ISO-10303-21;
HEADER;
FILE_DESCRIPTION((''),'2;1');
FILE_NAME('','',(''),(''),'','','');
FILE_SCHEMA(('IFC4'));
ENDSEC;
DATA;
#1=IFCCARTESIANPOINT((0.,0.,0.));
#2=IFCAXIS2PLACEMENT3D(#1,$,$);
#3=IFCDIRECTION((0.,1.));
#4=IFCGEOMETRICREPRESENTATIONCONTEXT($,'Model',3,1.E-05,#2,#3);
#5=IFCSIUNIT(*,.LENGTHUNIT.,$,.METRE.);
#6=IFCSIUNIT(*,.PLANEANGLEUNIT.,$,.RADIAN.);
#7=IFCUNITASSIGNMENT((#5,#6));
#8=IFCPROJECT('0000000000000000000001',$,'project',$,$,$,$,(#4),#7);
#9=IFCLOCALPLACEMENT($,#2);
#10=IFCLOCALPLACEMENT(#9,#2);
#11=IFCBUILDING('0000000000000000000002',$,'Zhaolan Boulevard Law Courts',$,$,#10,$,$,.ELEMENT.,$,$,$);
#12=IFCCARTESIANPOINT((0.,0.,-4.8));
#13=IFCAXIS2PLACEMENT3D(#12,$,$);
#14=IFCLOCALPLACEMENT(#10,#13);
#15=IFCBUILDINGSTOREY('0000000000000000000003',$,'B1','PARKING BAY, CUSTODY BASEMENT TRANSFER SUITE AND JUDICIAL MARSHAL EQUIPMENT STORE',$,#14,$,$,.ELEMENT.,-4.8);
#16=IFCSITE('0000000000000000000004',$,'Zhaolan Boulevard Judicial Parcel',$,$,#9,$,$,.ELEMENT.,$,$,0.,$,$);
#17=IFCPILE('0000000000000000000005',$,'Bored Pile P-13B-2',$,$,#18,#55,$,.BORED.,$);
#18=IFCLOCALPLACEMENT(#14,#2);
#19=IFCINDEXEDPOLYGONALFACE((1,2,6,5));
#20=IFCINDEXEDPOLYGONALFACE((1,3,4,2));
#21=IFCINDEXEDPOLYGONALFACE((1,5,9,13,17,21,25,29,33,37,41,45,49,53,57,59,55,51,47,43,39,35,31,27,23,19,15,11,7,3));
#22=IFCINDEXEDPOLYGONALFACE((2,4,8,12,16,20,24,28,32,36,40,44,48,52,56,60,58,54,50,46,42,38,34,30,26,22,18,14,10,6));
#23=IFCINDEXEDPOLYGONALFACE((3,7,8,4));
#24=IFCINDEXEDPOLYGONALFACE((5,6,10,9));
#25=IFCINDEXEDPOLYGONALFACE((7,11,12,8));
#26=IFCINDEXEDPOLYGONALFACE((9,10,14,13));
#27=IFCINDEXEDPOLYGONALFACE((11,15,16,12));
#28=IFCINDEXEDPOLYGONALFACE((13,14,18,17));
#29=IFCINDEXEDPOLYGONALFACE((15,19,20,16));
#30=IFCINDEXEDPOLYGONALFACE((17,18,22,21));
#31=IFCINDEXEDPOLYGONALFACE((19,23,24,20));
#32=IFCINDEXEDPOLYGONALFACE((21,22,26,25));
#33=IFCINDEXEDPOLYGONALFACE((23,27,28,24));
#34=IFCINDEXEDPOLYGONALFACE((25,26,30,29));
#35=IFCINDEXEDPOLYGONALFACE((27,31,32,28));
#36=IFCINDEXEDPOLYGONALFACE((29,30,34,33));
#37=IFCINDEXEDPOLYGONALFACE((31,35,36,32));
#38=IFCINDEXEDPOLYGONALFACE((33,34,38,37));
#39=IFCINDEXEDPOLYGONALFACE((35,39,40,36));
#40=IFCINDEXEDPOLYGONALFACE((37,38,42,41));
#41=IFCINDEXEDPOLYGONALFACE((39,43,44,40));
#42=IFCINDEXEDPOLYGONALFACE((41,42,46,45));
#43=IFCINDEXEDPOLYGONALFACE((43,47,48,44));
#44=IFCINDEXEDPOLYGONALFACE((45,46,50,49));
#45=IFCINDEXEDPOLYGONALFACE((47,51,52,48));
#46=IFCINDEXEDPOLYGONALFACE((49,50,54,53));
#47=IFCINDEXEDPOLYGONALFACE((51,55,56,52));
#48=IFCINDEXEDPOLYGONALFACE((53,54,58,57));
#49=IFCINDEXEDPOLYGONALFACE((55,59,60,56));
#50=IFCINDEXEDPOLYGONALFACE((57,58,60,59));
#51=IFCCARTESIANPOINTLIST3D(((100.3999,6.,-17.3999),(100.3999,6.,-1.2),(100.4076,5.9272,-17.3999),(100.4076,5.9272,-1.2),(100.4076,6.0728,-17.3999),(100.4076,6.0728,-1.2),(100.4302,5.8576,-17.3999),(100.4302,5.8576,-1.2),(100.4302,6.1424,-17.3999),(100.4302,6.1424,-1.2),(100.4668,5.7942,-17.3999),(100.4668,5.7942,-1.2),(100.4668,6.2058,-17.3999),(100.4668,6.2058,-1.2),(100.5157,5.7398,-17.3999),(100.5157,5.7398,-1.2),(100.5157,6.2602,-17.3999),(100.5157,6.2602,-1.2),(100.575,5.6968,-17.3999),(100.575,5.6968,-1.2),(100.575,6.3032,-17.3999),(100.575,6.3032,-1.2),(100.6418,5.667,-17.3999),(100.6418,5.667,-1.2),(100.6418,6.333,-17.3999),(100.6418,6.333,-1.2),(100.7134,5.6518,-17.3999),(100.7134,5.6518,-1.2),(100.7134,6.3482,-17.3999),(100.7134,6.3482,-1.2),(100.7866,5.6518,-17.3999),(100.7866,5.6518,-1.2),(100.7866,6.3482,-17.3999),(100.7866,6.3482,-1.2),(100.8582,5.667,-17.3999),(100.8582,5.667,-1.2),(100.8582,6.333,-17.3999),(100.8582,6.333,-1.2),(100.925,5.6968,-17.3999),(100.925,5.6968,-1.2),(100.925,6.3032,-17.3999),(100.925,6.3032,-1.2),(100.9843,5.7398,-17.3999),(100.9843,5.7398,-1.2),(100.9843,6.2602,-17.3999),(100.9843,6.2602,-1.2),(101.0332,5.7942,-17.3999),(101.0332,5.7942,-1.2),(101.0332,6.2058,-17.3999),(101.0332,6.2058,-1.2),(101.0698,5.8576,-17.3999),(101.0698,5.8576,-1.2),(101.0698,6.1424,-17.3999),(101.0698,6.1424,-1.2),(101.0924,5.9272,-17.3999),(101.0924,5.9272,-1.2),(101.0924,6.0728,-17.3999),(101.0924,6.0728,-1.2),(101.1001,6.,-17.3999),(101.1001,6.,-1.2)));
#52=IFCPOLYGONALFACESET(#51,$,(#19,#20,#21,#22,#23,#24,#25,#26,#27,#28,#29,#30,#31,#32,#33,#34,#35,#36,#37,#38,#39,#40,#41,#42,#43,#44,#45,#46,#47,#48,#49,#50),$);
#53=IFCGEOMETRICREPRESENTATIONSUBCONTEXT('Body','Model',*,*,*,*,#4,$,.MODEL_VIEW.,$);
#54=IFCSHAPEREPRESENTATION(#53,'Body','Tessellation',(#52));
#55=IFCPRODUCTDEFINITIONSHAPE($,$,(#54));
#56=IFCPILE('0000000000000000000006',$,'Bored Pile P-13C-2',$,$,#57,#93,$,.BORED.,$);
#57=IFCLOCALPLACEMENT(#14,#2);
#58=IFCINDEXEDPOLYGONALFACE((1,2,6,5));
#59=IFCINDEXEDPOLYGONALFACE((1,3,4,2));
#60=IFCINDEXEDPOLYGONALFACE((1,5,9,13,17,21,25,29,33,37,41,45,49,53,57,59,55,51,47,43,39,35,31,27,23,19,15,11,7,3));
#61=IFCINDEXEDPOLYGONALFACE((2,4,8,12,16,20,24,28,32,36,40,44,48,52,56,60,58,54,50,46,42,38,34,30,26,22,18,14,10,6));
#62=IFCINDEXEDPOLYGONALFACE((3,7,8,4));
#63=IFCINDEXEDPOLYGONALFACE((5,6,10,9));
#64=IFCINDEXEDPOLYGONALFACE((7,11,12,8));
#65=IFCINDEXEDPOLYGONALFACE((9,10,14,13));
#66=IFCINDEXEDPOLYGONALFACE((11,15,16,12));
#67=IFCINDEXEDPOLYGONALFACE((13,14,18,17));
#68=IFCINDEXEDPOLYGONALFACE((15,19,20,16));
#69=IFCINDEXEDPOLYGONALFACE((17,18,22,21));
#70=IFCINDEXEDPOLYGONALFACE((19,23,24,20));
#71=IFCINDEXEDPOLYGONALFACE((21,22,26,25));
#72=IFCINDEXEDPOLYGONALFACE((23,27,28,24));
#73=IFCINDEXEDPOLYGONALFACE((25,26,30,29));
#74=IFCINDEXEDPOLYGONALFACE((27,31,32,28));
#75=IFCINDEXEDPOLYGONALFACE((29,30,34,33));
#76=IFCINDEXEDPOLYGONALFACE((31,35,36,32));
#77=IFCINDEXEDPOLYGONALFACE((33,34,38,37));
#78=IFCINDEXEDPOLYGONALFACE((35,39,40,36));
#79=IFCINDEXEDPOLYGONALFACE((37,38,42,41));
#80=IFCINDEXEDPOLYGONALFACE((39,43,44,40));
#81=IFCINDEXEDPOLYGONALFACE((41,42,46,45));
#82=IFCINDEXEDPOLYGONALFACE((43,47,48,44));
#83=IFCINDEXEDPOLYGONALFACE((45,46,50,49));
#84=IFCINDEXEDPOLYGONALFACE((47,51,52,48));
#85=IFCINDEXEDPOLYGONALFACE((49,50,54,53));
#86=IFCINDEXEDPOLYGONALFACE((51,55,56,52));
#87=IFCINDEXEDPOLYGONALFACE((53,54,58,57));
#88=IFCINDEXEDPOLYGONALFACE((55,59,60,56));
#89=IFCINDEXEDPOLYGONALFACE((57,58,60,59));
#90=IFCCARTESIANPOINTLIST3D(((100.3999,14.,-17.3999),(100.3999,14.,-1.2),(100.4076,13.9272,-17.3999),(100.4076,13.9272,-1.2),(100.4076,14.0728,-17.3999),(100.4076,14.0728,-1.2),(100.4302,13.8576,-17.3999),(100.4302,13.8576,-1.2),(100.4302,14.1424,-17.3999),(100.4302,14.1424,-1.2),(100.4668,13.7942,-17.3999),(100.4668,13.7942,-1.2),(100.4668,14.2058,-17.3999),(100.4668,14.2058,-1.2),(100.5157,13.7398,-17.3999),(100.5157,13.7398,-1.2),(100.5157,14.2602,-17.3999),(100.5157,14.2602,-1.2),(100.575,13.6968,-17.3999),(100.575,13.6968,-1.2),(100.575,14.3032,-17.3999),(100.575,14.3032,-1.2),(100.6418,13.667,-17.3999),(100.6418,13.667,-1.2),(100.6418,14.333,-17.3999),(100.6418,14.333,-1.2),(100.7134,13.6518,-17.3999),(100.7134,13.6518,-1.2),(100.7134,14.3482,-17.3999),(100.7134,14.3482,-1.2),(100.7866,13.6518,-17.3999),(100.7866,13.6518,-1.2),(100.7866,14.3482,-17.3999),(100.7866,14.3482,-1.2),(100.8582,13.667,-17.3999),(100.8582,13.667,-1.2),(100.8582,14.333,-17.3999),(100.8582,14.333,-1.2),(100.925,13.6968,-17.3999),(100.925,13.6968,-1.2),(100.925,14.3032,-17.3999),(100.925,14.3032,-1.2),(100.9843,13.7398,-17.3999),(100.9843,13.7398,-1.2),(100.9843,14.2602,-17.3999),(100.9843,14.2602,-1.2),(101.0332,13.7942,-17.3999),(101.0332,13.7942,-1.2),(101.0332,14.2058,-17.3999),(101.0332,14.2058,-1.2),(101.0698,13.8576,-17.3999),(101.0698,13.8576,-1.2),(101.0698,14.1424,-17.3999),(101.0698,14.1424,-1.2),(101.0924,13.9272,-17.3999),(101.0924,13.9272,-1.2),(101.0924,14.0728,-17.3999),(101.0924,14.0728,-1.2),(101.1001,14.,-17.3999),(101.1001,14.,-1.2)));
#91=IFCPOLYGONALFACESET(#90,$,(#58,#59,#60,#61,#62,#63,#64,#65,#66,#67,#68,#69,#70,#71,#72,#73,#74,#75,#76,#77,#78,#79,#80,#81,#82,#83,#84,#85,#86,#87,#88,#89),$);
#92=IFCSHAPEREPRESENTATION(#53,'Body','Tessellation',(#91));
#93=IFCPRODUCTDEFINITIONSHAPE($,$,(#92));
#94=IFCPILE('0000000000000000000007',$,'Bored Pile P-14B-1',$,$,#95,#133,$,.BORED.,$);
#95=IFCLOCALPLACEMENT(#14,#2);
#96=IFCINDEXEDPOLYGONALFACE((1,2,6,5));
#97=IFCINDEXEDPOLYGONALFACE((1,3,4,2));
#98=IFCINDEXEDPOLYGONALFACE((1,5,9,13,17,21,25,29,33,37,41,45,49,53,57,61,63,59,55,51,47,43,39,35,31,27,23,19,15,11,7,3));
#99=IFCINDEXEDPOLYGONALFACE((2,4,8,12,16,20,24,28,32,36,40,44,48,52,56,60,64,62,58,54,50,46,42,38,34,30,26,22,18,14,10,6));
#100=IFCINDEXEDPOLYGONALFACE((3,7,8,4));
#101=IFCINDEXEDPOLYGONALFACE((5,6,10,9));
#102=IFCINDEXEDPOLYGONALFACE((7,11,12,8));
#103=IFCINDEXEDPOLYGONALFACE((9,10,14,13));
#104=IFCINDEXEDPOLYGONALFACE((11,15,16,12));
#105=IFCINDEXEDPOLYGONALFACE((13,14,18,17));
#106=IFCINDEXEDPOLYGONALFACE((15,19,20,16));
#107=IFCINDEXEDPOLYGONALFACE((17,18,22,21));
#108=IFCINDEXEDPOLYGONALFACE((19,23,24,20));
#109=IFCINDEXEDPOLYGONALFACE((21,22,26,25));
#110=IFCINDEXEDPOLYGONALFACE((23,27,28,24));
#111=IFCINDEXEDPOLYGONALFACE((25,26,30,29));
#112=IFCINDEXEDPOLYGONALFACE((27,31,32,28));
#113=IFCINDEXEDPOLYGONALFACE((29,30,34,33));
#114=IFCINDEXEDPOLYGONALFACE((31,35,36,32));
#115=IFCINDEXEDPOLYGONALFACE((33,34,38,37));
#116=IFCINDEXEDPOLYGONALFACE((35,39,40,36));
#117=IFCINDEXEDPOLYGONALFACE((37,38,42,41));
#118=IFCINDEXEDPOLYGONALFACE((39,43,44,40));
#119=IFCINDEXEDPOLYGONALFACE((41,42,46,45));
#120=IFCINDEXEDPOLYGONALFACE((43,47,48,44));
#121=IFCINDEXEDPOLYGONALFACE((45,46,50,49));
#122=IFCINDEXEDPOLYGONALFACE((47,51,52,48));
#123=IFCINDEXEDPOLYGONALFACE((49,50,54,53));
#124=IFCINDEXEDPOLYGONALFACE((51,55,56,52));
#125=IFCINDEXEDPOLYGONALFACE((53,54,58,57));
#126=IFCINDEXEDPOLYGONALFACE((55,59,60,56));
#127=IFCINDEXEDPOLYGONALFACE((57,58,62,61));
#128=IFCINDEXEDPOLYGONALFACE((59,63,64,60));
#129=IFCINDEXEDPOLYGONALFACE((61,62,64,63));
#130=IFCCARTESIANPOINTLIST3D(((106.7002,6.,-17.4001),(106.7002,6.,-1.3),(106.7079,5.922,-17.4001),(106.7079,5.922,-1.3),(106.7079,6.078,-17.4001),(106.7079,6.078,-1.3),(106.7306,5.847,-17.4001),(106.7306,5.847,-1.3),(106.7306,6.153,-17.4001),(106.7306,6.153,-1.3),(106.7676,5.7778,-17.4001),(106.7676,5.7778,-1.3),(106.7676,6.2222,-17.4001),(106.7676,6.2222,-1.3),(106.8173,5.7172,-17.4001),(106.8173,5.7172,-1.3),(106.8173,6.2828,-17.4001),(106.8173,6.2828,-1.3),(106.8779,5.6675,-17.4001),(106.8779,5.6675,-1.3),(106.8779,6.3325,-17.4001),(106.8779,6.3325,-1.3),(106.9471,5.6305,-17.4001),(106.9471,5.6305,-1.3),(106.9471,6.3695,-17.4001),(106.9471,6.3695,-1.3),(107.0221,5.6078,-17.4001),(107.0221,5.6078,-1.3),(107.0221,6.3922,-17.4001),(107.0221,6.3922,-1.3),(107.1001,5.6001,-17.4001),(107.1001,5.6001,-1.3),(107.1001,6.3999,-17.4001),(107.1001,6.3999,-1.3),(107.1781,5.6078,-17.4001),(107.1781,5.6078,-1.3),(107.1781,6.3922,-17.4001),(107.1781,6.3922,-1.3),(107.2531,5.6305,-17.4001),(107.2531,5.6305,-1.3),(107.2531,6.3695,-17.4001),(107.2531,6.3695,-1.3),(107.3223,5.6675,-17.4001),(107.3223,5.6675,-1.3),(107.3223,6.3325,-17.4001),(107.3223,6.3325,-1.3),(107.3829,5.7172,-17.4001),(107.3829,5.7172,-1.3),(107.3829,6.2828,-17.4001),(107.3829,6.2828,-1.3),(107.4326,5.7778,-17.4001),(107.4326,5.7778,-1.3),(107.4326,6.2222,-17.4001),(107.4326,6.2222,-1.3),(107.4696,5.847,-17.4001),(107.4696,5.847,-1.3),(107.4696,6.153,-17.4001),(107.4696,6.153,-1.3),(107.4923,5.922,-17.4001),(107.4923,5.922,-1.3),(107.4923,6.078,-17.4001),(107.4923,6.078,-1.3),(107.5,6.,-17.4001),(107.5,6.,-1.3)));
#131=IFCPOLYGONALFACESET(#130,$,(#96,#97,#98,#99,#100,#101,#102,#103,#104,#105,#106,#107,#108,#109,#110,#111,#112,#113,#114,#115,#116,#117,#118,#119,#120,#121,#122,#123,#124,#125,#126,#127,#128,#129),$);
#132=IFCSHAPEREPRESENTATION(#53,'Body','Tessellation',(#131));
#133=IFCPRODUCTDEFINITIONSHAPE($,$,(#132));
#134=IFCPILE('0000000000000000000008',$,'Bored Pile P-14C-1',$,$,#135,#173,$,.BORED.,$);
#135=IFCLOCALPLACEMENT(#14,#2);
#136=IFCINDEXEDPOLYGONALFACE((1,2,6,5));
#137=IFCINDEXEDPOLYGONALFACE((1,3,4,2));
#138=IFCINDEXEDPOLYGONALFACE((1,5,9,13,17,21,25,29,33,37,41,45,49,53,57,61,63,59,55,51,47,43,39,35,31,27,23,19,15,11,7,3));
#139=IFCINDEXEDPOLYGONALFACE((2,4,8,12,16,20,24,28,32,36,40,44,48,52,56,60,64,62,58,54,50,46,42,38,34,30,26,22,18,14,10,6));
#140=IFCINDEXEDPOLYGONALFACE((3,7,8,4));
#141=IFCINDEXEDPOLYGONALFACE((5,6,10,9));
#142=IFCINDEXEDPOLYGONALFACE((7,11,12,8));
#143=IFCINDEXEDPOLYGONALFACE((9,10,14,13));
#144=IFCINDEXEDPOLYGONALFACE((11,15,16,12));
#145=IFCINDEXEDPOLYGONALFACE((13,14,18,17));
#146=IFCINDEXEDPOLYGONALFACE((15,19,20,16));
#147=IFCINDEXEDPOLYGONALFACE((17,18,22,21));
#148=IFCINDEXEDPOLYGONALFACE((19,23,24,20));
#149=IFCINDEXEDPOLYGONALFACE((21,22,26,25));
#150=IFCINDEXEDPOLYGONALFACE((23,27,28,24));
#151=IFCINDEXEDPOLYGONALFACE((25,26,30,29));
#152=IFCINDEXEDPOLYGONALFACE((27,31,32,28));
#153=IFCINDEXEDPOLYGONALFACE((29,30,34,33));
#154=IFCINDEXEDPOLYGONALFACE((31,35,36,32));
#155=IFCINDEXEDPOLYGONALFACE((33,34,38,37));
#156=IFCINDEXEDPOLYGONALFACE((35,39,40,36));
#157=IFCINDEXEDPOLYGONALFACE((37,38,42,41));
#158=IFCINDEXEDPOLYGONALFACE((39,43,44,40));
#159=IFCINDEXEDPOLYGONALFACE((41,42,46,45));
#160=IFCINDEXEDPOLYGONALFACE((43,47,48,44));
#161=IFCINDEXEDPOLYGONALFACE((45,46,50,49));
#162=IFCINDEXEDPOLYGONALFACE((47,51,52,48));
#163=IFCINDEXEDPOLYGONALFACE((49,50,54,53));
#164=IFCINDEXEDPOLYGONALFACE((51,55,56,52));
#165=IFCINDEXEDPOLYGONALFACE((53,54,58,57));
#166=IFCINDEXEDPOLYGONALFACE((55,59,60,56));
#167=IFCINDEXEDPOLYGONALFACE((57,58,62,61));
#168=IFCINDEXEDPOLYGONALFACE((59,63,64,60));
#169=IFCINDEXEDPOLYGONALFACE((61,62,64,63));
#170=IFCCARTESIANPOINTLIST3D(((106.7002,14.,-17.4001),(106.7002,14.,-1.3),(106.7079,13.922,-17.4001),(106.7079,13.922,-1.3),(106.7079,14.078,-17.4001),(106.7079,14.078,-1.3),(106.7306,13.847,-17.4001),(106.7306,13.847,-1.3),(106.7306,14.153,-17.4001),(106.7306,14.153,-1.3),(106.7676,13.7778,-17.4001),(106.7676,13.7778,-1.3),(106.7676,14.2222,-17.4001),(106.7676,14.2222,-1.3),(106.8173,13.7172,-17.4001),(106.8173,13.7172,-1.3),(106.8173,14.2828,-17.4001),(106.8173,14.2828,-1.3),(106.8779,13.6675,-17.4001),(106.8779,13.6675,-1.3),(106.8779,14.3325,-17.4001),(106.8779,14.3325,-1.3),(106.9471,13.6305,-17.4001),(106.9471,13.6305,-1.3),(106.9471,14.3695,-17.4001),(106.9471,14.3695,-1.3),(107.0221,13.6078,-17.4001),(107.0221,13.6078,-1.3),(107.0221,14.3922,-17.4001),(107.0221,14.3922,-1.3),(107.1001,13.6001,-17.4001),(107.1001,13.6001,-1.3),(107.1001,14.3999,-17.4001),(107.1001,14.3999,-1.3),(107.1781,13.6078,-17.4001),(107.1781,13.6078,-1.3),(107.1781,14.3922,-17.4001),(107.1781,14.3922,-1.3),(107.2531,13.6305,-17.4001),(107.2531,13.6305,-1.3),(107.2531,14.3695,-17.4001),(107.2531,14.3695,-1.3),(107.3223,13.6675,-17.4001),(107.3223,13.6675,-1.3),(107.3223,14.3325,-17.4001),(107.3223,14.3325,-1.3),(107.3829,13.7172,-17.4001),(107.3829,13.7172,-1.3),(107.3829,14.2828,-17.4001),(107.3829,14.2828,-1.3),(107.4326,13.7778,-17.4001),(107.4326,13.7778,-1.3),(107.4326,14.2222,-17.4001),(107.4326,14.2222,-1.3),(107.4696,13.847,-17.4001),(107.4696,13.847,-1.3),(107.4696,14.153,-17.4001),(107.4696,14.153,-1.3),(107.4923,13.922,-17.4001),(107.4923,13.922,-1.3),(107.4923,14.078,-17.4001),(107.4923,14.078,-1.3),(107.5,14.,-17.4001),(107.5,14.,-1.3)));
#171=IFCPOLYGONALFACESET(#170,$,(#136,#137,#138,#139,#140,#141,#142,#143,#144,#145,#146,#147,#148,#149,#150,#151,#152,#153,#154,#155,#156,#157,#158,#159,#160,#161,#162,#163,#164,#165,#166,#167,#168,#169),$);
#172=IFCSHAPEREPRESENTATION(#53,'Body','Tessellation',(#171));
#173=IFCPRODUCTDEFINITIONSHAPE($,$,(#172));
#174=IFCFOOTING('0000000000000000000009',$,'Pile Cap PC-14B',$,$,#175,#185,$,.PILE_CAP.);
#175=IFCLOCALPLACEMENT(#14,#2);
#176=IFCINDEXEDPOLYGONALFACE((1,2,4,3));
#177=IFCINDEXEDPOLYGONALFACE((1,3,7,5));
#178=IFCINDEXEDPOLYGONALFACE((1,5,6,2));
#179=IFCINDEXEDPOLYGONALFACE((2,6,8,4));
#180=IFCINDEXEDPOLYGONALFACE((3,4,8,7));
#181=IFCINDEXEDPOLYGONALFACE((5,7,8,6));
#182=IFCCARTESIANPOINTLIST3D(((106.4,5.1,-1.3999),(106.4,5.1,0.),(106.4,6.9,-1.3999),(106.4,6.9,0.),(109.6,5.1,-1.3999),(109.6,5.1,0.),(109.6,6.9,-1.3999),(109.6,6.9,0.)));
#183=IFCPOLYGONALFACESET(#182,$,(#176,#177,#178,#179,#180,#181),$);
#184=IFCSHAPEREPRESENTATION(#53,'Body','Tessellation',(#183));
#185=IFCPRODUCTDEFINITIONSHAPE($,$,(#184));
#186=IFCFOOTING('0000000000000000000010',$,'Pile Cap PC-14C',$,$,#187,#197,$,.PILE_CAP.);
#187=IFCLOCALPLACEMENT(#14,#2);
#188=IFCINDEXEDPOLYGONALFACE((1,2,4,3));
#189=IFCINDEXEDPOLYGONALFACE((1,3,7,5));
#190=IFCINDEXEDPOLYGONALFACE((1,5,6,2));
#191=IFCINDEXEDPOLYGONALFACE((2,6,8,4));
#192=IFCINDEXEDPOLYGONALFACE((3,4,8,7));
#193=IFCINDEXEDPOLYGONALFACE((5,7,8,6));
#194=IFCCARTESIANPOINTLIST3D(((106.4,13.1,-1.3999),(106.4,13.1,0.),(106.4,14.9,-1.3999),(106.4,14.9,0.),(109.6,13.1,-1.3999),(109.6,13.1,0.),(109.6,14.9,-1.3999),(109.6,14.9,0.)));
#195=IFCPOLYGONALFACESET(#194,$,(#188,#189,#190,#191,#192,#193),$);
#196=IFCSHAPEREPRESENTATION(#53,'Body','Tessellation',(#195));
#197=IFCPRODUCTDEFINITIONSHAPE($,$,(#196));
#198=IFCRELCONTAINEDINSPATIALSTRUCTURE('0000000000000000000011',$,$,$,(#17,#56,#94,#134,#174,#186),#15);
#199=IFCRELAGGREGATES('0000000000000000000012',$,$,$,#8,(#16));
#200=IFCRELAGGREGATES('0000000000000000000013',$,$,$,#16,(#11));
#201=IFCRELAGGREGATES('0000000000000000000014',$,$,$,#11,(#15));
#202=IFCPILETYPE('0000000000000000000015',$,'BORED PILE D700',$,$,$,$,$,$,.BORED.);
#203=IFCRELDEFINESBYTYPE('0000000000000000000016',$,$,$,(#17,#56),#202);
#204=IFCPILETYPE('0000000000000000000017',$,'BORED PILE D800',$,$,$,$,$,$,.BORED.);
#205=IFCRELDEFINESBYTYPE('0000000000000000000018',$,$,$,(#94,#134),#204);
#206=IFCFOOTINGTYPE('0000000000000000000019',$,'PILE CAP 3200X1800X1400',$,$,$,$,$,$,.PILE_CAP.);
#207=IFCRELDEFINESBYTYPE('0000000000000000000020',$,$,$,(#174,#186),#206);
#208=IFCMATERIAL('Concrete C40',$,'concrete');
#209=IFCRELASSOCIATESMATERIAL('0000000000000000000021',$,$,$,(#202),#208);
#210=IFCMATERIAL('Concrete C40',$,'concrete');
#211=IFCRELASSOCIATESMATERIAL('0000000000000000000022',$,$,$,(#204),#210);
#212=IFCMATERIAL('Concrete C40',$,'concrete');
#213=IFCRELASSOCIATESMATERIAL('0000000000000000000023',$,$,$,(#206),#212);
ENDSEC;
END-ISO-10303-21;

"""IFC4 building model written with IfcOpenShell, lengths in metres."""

from ifc_helpers import new_model, si_unit, direction, frame, origin, origin_2d, place, context, subcontext, project, spatial, rectangle, circle, extrude, material, material_profile, profile_set, type_object, element, save


model = new_model("IFC4")

# Units and contexts
model_context = context("Model", 3, precision=1e-05, world=origin(), true_north=direction((0.0, 1.0)))
body_context = subcontext(model_context, "Body", "Model", "MODEL_VIEW")
ifc_project = project(units=[si_unit("LENGTHUNIT", "METRE"), si_unit("PLANEANGLEUNIT", "RADIAN")], contexts=[model_context])

# Site, building, storey
site_placement = place(None, origin())
site = spatial("IfcSite", under=ifc_project, at=site_placement, Name="Zhaolan Boulevard Judicial Parcel", CompositionType="ELEMENT", RefElevation=0.0)
building_placement = place(site_placement, origin())
building = spatial("IfcBuilding", under=site, at=building_placement, Name="Zhaolan Boulevard Law Courts", CompositionType="ELEMENT")
storey_placement = place(building_placement, frame((0.0, 0.0, -4.8)))
storey = spatial("IfcBuildingStorey", under=building, at=storey_placement, Name="B1", Description="PARKING BAY, CUSTODY BASEMENT TRANSFER SUITE AND JUDICIAL MARSHAL EQUIPMENT STORE", CompositionType="ELEMENT", Elevation=-4.8)

# Piles
ifc_material_1 = material(Name="Concrete C40", Category="concrete")
ifc_material_profile_1 = material_profile(ifc_material_1, circle(Radius=0.3501, at=origin_2d()), Name="PILE-D700")
ifc_profile_set_1 = profile_set([ifc_material_profile_1], Name="Concrete C40")
pile_type_1 = type_object("IfcPileType", Name="BORED PILE D700", PredefinedType="BORED", material=ifc_profile_set_1)
for number, where, z_axis, x_axis, name in (
    (1, (100.75, 6.0, -1.2), (0.0, 0.0, -1.0), (1.0, 0.0, 0.0), "Bored Pile P-13B-2"),
    (2, (100.75, 14.0, -1.2), (0.0, 0.0, -1.0), (1.0, 0.0, 0.0), "Bored Pile P-13C-2"),
):
    element("IfcPile", number, at=place(storey_placement, frame(where, z_axis=z_axis, x_axis=x_axis)), inside=storey, type_object=pile_type_1, Name=name, PredefinedType="BORED", context=body_context, shape_type="SweptSolid", body=[
        extrude(circle(Radius=0.3501, at=origin_2d()), origin(), (0.0, 0.0, 1.0), 16.2),
    ])
ifc_material_2 = material(Name="Concrete C40", Category="concrete")
ifc_material_profile_2 = material_profile(ifc_material_2, circle(Radius=0.3999, at=origin_2d()), Name="PILE-D800")
ifc_profile_set_2 = profile_set([ifc_material_profile_2], Name="Concrete C40")
pile_type_2 = type_object("IfcPileType", Name="BORED PILE D800", PredefinedType="BORED", material=ifc_profile_set_2)
for number, where, z_axis, x_axis, name in (
    (3, (107.1001, 6.0, -1.3), (0.0, 0.0, -1.0), (1.0, 0.0, 0.0), "Bored Pile P-14B-1"),
    (4, (107.1001, 14.0, -1.3), (0.0, 0.0, -1.0), (1.0, 0.0, 0.0), "Bored Pile P-14C-1"),
):
    element("IfcPile", number, at=place(storey_placement, frame(where, z_axis=z_axis, x_axis=x_axis)), inside=storey, type_object=pile_type_2, Name=name, PredefinedType="BORED", context=body_context, shape_type="SweptSolid", body=[
        extrude(circle(Radius=0.3999, at=origin_2d()), origin(), (0.0, 0.0, 1.0), 16.1001),
    ])

# Footings
ifc_material_3 = material(Name="Concrete C40", Category="concrete")
footing_type_1 = type_object("IfcFootingType", Name="PILE CAP 3200X1800X1400", PredefinedType="PILE_CAP", material=ifc_material_3)
for number, where, z_axis, x_axis, name in (
    (5, (108.0, 6.0, -1.3999), (0.0, 0.0, 1.0), (1.0, 0.0, 0.0), "Pile Cap PC-14B"),
    (6, (108.0, 14.0, -1.3999), (0.0, 0.0, 1.0), (1.0, 0.0, 0.0), "Pile Cap PC-14C"),
):
    element("IfcFooting", number, at=place(storey_placement, frame(where, z_axis=z_axis, x_axis=x_axis)), inside=storey, type_object=footing_type_1, Name=name, PredefinedType="PILE_CAP", context=body_context, shape_type="SweptSolid", body=[
        extrude(rectangle(XDim=3.2, YDim=1.8, at=origin_2d()), origin(), (0.0, 0.0, 1.0), 1.3999),
    ])

save(model, "model.ifc")
